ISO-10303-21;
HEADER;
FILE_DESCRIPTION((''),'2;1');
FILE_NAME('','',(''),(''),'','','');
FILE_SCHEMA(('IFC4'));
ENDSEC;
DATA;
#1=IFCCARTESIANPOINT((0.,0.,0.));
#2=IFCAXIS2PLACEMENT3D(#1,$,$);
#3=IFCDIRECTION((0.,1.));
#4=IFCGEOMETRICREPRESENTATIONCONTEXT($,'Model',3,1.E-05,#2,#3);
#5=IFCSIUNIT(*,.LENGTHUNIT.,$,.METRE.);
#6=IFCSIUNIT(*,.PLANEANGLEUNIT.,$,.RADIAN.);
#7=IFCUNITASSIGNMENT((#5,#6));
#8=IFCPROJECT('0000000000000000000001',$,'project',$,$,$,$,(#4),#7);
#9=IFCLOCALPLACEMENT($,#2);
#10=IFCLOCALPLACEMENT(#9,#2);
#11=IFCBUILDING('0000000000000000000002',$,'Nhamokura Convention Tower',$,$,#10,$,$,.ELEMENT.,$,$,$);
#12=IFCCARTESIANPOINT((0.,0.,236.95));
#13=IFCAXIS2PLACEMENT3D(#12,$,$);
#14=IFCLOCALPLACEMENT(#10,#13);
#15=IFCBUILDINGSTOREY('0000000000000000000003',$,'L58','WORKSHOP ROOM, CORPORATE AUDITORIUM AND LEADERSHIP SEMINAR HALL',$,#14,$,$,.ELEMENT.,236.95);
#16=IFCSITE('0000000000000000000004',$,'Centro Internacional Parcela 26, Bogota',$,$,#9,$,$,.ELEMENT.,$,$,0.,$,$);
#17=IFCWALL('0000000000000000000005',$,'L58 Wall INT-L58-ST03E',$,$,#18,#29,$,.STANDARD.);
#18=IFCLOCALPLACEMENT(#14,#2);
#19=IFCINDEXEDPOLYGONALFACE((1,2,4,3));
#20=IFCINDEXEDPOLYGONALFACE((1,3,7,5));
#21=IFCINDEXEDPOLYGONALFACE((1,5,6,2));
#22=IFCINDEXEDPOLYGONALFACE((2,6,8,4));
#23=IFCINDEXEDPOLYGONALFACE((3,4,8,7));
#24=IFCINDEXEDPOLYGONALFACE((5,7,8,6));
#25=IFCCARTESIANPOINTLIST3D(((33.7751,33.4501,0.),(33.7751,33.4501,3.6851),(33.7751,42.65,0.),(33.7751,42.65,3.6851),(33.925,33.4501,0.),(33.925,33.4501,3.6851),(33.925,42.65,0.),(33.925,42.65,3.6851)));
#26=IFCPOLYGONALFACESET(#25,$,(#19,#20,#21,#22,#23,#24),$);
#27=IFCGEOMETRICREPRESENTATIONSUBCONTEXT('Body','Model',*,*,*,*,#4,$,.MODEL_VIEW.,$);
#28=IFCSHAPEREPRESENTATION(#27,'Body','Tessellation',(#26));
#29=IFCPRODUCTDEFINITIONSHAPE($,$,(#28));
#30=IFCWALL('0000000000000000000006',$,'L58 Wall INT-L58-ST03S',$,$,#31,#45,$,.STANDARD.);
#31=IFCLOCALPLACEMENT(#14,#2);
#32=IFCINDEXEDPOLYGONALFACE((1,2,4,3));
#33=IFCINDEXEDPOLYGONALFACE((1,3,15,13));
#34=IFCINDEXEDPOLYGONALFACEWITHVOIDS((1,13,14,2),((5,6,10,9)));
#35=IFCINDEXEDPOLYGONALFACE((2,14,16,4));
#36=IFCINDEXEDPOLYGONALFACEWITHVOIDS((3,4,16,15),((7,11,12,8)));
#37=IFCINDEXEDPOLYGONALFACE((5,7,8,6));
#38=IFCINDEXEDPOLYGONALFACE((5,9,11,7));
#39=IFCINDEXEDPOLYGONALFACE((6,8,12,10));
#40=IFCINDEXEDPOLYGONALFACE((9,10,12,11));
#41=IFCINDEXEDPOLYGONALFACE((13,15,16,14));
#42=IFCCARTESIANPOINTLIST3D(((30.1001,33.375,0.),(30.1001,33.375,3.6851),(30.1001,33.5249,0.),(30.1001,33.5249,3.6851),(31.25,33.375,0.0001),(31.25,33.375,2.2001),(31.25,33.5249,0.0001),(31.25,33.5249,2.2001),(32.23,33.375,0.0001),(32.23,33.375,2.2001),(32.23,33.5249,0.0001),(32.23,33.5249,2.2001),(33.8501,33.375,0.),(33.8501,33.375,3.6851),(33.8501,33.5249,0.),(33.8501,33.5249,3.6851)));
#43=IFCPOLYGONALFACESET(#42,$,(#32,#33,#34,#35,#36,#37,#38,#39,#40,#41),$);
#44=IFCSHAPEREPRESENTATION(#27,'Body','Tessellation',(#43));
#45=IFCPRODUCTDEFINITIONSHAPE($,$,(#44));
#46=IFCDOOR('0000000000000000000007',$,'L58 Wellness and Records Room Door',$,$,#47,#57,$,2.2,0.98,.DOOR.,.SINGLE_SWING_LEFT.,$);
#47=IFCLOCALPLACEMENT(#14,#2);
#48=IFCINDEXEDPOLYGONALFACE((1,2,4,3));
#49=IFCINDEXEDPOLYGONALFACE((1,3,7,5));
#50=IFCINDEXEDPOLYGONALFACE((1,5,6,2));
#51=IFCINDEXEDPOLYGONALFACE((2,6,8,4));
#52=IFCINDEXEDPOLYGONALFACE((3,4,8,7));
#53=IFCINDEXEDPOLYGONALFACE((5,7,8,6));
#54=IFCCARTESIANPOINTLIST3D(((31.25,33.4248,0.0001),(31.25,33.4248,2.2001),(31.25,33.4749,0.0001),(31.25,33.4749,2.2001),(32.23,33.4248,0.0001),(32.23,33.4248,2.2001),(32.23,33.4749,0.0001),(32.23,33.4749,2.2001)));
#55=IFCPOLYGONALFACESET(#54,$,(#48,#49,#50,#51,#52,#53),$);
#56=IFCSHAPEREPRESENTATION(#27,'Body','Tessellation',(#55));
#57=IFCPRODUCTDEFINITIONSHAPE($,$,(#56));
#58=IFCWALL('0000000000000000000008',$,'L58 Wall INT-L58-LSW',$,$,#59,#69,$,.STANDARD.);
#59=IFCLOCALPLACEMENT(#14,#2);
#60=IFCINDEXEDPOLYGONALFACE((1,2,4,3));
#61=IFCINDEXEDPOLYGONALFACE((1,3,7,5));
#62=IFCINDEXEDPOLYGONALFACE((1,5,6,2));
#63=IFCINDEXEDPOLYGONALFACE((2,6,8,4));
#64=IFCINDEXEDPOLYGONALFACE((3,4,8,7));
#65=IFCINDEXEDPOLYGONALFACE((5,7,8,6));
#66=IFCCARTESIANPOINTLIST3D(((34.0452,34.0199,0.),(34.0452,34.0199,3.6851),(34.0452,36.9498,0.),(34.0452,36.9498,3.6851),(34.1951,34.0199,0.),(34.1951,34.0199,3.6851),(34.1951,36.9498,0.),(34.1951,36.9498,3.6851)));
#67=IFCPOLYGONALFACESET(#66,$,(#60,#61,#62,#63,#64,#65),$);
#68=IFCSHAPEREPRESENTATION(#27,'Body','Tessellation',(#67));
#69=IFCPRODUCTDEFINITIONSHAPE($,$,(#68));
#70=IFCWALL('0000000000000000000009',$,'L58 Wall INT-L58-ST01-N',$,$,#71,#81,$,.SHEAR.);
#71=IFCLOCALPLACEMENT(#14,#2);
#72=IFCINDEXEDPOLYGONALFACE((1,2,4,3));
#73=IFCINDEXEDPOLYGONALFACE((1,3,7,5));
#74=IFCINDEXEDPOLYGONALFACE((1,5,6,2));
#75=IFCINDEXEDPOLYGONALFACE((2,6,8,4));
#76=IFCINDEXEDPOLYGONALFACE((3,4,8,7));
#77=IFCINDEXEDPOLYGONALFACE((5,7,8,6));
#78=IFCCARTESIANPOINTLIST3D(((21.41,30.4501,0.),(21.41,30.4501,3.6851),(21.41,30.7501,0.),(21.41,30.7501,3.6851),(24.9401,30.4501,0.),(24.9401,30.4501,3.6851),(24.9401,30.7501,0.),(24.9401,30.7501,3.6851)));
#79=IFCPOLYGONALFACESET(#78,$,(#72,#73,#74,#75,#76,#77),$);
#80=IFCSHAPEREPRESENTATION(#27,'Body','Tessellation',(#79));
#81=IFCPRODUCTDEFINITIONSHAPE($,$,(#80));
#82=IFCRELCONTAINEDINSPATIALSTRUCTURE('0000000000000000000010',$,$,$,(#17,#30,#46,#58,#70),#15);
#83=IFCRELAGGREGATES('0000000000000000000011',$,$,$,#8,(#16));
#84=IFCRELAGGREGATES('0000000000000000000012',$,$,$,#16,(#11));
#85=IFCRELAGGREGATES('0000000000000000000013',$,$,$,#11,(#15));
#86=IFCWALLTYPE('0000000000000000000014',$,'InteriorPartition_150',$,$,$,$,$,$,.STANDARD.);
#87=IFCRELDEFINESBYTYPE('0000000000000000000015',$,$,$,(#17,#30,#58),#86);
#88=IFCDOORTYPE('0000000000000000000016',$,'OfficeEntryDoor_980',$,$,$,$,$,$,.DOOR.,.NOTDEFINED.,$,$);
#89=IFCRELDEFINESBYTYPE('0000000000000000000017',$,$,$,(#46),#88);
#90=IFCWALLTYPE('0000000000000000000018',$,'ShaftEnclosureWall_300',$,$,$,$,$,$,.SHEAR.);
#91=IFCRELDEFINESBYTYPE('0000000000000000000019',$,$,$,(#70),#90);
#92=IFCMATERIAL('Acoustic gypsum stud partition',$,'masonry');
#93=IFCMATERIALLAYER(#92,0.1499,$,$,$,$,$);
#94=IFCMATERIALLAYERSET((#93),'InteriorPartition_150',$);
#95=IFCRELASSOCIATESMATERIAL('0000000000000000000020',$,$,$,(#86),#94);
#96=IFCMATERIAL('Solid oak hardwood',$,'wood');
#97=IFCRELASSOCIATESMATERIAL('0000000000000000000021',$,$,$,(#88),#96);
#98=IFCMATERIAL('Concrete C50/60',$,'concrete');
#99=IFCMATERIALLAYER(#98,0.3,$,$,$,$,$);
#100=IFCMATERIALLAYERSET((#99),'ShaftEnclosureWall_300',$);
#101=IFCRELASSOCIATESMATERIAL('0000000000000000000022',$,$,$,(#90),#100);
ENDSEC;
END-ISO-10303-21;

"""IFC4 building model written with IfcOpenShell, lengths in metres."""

from ifc_helpers import new_model, si_unit, direction, frame, frame_2d, origin, place, context, subcontext, project, spatial, rectangle, extrude, material, layer, layer_set, type_object, element, fill, save


model = new_model("IFC4")

# Units and contexts
model_context = context("Model", 3, precision=1e-05, world=origin(), true_north=direction((0.0, 1.0)))
body_context = subcontext(model_context, "Body", "Model", "MODEL_VIEW")
ifc_project = project(units=[si_unit("LENGTHUNIT", "METRE"), si_unit("PLANEANGLEUNIT", "RADIAN")], contexts=[model_context])

# Site, building, storey
site_placement = place(None, origin())
site = spatial("IfcSite", under=ifc_project, at=site_placement, Name="Centro Internacional Parcela 26, Bogota", CompositionType="ELEMENT", RefElevation=0.0)
building_placement = place(site_placement, origin())
building = spatial("IfcBuilding", under=site, at=building_placement, Name="Nhamokura Convention Tower", CompositionType="ELEMENT")
storey_placement = place(building_placement, frame((0.0, 0.0, 236.95)))
storey = spatial("IfcBuildingStorey", under=building, at=storey_placement, Name="L58", Description="WORKSHOP ROOM, CORPORATE AUDITORIUM AND LEADERSHIP SEMINAR HALL", CompositionType="ELEMENT", Elevation=236.95)

# Wall
ifc_material_1 = material(Name="Acoustic gypsum stud partition", Category="masonry")
ifc_layer_1 = layer(ifc_material_1, 0.1499)
ifc_layer_set_1 = layer_set([ifc_layer_1], Name="InteriorPartition_150")
wall_type_1 = type_object("IfcWallType", Name="InteriorPartition_150", PredefinedType="STANDARD", material=ifc_layer_set_1)
for number, where, z_axis, x_axis, name in (
    (1, (33.8501, 33.45, 0.0), (0.0, 0.0, 1.0), (0.0, 1.0, 0.0), "L58 Wall INT-L58-ST03E"),
):
    element("IfcWall", number, at=place(storey_placement, frame(where, z_axis=z_axis, x_axis=x_axis)), inside=storey, type_object=wall_type_1, Name=name, PredefinedType="STANDARD", context=body_context, shape_type="SweptSolid", body=[
        extrude(rectangle(XDim=9.2, YDim=0.1499, at=frame_2d((4.6001, 0.0))), origin(), (0.0, 0.0, 1.0), 3.6851),
    ])

# Wall, opening, door
wall_1_placement = place(storey_placement, frame((30.1001, 33.45, 0.0), z_axis=(0.0, 0.0, 1.0), x_axis=(1.0, 0.0, 0.0)))
wall_1 = element("IfcWall", 2, at=wall_1_placement, inside=storey, type_object=wall_type_1, Name="L58 Wall INT-L58-ST03S", PredefinedType="STANDARD", context=body_context, shape_type="SweptSolid", body=[
    extrude(rectangle(XDim=3.75, YDim=0.1499, at=frame_2d((1.875, 0.0))), origin(), (0.0, 0.0, 1.0), 3.6851),
])
opening_1_placement = place(wall_1_placement, frame((1.1499, 0.0, 0.0)))
opening_1 = element("IfcOpeningElement", 3, at=opening_1_placement, cuts=wall_1, PredefinedType="OPENING", context=body_context, shape_type="SweptSolid", body=[
    extrude(rectangle(XDim=0.98, YDim=2.2, at=frame_2d((0.49, 1.1001))), frame((0.0, 0.085, 0.0), z_axis=(0.0, -1.0, 0.0), x_axis=(1.0, 0.0, 0.0)), (0.0, 0.0, 1.0), 0.1699),
])
ifc_material_2 = material(Name="Solid oak hardwood", Category="wood")
door_type_1 = type_object("IfcDoorType", Name="OfficeEntryDoor_980", OperationType="NOTDEFINED", PredefinedType="DOOR", material=ifc_material_2)
door_1_placement = place(opening_1_placement, origin())
door_1 = element("IfcDoor", 4, at=door_1_placement, inside=storey, type_object=door_type_1, Name="L58 Wellness and Records Room Door", OperationType="SINGLE_SWING_LEFT", OverallHeight=2.2, OverallWidth=0.98, PredefinedType="DOOR", context=body_context, shape_type="SweptSolid", body=[
    extrude(rectangle(XDim=0.98, YDim=2.2, at=frame_2d((0.49, 1.1001))), frame((0.0, 0.0249, 0.0), z_axis=(0.0, -1.0, 0.0), x_axis=(1.0, 0.0, 0.0)), (0.0, 0.0, 1.0), 0.05),
])
fill(opening_1, door_1)

# Walls
wall_2_placement = place(storey_placement, frame((34.1201, 34.02, 0.0), z_axis=(0.0, 0.0, 1.0), x_axis=(0.0, 1.0, 0.0)))
element("IfcWall", 5, at=wall_2_placement, inside=storey, type_object=wall_type_1, Name="L58 Wall INT-L58-LSW", PredefinedType="STANDARD", context=body_context, shape_type="SweptSolid", body=[
    extrude(rectangle(XDim=2.9299, YDim=0.1499, at=frame_2d((1.4648, 0.0))), origin(), (0.0, 0.0, 1.0), 3.6851),
])
ifc_material_3 = material(Name="Concrete C50/60", Category="concrete")
ifc_layer_2 = layer(ifc_material_3, 0.3)
ifc_layer_set_2 = layer_set([ifc_layer_2], Name="ShaftEnclosureWall_300")
wall_type_2 = type_object("IfcWallType", Name="ShaftEnclosureWall_300", PredefinedType="SHEAR", material=ifc_layer_set_2)
wall_3_placement = place(storey_placement, frame((21.4099, 30.6001, 0.0), z_axis=(0.0, 0.0, 1.0), x_axis=(1.0, 0.0, 0.0)))
element("IfcWall", 6, at=wall_3_placement, inside=storey, type_object=wall_type_2, Name="L58 Wall INT-L58-ST01-N", PredefinedType="SHEAR", context=body_context, shape_type="SweptSolid", body=[
    extrude(rectangle(XDim=3.53, YDim=0.3, at=frame_2d((1.7651, 0.0))), origin(), (0.0, 0.0, 1.0), 3.6851),
])

save(model, "model.ifc")
